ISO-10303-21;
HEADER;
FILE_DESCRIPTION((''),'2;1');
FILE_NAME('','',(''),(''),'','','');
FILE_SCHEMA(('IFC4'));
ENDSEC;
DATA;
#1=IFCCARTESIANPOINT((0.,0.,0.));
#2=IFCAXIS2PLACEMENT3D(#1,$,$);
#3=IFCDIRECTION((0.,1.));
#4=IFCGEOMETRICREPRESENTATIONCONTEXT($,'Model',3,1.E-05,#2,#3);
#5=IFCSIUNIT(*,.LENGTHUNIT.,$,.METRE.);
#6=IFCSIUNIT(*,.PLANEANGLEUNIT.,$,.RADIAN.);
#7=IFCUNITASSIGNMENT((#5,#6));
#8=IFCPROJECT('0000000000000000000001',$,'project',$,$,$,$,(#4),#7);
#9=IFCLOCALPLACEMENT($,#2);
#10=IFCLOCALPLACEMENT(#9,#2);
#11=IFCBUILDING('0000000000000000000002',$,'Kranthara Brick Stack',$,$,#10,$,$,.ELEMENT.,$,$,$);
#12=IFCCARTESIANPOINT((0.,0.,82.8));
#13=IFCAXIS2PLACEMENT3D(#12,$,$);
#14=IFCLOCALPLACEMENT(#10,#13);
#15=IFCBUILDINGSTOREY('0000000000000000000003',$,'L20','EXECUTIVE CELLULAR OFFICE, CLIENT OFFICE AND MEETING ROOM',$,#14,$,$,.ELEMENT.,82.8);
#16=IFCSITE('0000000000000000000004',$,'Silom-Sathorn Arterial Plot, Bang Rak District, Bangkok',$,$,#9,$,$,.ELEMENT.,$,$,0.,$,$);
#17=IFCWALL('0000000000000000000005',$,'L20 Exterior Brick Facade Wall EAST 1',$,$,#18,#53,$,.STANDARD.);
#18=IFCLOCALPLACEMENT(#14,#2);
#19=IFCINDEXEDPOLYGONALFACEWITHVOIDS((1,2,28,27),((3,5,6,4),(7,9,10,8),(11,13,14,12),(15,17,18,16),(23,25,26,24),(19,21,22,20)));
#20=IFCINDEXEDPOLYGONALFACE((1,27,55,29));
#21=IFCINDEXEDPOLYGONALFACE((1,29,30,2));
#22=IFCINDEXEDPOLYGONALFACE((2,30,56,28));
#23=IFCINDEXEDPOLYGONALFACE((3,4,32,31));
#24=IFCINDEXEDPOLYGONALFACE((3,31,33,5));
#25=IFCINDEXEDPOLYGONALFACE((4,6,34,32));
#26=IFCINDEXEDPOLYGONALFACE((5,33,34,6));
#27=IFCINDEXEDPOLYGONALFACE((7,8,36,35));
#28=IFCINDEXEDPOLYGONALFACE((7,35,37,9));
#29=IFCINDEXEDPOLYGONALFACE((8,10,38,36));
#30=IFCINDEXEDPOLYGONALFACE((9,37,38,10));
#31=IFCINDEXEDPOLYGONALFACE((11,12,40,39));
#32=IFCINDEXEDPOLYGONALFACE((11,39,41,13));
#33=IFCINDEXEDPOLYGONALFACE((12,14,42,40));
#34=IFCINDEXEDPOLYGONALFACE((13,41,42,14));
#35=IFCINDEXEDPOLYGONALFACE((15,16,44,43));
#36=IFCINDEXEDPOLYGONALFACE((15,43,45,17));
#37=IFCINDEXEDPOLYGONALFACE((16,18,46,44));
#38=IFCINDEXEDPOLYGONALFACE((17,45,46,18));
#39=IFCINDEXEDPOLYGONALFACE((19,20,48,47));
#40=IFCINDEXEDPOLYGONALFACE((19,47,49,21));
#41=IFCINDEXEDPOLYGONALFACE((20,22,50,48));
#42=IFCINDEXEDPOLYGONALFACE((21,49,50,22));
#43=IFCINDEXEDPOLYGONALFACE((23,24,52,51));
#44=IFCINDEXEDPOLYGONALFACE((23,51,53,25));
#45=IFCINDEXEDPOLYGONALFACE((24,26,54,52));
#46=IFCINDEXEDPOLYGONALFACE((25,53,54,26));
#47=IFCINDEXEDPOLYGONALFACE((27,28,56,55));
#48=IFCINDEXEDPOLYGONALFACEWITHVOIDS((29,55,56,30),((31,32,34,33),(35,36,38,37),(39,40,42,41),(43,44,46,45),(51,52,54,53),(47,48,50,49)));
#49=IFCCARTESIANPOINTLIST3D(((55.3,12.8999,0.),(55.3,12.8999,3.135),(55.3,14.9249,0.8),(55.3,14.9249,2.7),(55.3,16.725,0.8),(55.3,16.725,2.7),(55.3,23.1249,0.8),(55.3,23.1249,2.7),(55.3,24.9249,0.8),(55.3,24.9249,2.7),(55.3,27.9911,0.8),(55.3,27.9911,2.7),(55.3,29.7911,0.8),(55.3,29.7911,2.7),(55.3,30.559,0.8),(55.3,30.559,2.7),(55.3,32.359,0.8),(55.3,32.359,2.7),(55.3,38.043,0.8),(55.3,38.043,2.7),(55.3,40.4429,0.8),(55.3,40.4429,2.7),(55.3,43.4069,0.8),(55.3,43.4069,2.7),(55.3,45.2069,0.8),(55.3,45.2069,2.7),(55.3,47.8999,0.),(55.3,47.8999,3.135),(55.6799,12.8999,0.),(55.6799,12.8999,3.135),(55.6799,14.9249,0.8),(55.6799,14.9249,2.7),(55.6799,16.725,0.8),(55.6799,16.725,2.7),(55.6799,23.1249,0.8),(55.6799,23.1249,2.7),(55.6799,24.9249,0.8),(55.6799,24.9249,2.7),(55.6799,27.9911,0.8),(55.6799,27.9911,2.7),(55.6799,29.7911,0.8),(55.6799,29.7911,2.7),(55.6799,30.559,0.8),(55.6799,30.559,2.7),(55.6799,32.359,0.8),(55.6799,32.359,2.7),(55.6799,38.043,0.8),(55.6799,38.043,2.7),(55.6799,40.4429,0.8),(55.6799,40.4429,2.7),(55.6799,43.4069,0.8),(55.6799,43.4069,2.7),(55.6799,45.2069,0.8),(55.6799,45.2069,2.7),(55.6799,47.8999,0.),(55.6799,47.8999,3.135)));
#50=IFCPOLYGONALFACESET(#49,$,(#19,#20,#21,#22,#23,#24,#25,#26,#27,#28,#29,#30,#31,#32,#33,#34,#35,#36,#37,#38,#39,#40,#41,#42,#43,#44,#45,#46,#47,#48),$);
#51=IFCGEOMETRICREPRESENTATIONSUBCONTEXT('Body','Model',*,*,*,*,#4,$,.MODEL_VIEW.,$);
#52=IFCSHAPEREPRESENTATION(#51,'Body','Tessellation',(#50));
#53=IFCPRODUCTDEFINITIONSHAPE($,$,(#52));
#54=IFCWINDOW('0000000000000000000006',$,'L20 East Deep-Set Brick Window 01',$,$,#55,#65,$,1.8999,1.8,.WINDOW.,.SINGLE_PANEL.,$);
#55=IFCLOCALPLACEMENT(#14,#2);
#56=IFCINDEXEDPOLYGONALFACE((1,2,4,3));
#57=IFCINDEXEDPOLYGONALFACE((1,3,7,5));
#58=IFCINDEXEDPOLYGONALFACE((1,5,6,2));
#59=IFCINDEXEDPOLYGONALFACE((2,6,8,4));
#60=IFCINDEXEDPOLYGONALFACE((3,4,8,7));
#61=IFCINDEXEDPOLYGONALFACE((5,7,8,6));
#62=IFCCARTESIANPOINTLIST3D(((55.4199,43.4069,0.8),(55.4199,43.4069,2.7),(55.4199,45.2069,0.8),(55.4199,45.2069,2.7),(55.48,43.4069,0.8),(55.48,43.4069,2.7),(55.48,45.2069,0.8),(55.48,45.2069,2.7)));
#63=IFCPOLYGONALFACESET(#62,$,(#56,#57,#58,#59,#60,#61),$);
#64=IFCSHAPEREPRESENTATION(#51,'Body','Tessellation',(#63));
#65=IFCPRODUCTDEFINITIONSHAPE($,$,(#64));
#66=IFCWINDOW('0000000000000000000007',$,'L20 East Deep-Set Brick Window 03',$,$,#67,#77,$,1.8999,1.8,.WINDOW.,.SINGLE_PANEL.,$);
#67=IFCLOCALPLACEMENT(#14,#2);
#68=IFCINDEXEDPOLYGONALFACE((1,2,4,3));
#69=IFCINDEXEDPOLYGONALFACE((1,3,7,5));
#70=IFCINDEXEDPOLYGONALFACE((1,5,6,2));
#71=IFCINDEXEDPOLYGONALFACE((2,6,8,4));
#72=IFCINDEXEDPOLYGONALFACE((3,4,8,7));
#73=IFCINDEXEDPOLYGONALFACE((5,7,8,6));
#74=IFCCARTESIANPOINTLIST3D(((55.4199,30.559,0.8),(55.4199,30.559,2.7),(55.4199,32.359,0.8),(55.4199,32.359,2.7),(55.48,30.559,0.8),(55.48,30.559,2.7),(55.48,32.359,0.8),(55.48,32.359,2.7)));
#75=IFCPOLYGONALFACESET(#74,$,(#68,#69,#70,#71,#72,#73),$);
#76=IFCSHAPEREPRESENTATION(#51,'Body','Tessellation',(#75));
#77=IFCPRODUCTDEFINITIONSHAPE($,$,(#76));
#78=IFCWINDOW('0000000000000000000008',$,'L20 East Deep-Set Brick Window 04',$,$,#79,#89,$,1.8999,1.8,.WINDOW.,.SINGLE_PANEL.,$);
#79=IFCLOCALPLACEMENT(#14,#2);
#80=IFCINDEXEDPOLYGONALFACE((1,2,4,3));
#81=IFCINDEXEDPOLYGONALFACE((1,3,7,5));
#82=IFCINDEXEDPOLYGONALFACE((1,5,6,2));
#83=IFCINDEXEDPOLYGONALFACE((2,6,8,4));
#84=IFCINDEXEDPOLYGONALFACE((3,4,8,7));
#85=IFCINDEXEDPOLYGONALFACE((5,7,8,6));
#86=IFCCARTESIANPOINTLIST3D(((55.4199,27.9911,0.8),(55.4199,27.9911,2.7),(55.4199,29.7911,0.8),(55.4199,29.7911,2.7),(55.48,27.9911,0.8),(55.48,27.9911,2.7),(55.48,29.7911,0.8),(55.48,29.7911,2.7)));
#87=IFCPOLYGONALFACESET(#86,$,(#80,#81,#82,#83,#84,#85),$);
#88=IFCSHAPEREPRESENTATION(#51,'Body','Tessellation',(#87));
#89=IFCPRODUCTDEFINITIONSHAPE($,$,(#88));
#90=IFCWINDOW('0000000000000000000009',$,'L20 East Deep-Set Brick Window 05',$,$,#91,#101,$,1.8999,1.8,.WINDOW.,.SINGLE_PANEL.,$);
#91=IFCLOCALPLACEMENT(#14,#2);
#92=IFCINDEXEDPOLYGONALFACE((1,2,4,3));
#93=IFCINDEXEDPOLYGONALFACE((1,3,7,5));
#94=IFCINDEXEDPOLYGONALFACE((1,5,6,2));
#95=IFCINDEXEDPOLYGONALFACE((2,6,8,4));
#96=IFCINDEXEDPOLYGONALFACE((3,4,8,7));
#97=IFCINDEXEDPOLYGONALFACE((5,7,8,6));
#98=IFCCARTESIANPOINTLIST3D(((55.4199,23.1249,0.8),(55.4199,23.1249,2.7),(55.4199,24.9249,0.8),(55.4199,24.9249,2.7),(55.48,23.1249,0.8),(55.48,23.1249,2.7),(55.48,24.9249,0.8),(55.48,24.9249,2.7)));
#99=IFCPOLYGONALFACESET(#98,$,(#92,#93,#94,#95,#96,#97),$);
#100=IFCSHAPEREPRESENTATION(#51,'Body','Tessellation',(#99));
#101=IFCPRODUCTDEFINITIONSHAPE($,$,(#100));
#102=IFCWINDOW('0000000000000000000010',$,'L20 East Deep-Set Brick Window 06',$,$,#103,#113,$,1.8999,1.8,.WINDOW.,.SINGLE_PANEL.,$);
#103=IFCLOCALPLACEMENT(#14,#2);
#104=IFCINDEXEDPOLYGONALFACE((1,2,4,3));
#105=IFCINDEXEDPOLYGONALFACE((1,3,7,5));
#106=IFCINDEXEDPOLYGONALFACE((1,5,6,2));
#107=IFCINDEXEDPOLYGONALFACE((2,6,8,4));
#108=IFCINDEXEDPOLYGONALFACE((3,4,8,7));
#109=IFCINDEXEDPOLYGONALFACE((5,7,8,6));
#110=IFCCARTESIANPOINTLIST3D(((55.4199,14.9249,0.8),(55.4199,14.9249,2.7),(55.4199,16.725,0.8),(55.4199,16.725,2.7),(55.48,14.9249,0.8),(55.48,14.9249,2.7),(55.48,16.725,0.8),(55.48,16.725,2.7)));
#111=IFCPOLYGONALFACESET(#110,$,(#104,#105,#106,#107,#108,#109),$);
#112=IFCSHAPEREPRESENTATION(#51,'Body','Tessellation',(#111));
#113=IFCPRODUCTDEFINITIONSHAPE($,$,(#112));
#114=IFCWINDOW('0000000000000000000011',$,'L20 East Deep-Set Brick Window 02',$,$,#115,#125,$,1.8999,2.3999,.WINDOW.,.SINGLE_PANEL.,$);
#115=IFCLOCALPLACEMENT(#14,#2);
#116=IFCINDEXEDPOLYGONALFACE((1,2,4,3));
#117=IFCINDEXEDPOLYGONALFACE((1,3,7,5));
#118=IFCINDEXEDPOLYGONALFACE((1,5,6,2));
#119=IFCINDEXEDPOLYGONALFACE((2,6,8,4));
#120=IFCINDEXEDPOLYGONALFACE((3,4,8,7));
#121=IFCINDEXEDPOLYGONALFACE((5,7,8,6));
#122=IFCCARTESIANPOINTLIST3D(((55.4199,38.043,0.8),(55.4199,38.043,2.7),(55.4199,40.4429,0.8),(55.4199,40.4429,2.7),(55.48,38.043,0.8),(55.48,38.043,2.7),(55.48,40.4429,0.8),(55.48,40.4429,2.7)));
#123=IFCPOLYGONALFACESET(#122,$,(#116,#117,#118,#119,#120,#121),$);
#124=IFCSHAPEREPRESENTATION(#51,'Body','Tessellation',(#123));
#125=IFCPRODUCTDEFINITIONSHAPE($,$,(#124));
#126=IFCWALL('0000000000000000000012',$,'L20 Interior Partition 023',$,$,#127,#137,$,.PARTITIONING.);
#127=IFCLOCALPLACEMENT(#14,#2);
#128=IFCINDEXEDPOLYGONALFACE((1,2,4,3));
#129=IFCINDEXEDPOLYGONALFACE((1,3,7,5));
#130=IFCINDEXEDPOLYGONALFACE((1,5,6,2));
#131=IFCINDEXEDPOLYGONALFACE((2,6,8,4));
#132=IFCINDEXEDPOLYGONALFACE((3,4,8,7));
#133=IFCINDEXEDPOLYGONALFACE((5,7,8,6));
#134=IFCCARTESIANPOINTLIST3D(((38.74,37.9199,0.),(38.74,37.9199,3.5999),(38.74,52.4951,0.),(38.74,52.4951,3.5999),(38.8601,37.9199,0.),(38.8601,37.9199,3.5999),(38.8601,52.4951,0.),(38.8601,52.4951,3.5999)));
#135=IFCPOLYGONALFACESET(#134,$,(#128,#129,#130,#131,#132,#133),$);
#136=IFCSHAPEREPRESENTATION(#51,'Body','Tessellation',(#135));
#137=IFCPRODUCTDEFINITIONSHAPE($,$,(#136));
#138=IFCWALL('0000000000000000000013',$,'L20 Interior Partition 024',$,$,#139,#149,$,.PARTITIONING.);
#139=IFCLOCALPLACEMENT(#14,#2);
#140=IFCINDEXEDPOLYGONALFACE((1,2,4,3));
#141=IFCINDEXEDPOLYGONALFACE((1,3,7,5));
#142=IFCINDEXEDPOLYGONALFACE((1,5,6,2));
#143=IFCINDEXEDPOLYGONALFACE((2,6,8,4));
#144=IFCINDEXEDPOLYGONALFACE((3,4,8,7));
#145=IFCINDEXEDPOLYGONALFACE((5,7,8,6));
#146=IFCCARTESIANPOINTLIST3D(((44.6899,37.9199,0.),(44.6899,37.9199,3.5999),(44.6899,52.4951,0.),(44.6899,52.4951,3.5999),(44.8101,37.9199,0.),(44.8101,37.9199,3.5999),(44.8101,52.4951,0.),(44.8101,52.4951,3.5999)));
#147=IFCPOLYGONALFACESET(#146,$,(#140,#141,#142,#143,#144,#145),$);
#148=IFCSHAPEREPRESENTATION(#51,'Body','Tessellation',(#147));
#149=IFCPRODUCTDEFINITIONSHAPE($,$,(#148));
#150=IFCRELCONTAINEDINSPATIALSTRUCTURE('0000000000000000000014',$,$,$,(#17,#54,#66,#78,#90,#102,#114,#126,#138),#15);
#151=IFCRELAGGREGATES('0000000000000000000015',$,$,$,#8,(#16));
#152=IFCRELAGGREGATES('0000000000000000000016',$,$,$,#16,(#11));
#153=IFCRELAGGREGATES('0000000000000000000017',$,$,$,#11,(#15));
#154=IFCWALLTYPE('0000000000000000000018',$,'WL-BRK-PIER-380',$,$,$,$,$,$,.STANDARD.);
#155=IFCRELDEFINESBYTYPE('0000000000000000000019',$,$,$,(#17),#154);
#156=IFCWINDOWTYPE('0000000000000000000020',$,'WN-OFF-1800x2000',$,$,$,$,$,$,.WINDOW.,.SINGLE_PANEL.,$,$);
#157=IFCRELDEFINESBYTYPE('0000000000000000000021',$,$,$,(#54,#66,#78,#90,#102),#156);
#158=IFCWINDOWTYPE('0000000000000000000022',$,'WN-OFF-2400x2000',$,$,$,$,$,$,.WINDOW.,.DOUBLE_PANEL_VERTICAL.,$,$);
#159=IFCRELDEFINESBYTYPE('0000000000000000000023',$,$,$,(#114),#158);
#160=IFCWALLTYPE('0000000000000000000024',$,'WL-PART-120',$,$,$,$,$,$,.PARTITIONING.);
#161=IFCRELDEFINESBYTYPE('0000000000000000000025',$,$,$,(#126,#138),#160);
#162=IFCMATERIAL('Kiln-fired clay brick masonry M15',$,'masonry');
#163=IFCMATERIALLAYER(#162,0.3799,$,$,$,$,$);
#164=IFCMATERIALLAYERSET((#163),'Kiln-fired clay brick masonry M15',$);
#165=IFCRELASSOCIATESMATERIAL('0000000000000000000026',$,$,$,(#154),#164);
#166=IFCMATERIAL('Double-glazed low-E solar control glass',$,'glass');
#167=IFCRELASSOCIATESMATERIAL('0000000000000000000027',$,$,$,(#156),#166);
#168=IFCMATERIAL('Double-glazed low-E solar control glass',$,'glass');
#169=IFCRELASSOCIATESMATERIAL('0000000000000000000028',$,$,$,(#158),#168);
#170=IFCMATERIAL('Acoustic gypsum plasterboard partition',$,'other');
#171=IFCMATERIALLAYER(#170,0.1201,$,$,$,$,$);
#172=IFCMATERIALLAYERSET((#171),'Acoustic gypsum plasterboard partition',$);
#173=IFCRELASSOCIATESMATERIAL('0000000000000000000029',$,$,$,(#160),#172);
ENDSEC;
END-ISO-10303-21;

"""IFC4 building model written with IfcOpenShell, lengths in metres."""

from ifc_helpers import new_model, si_unit, direction, frame, frame_2d, origin, place, context, subcontext, project, spatial, rectangle, extrude, material, layer, layer_set, type_object, element, fill, save


model = new_model("IFC4")

# Units and contexts
model_context = context("Model", 3, precision=1e-05, world=origin(), true_north=direction((0.0, 1.0)))
body_context = subcontext(model_context, "Body", "Model", "MODEL_VIEW")
ifc_project = project(units=[si_unit("LENGTHUNIT", "METRE"), si_unit("PLANEANGLEUNIT", "RADIAN")], contexts=[model_context])

# Site, building, storey
site_placement = place(None, origin())
site = spatial("IfcSite", under=ifc_project, at=site_placement, Name="Silom-Sathorn Arterial Plot, Bang Rak District, Bangkok", CompositionType="ELEMENT", RefElevation=0.0)
building_placement = place(site_placement, origin())
building = spatial("IfcBuilding", under=site, at=building_placement, Name="Kranthara Brick Stack", CompositionType="ELEMENT")
storey_placement = place(building_placement, frame((0.0, 0.0, 82.8)))
storey = spatial("IfcBuildingStorey", under=building, at=storey_placement, Name="L20", Description="EXECUTIVE CELLULAR OFFICE, CLIENT OFFICE AND MEETING ROOM", CompositionType="ELEMENT", Elevation=82.8)

# Shared definitions
ifc_material_1 = material(Name="Kiln-fired clay brick masonry M15", Category="masonry")
ifc_layer_1 = layer(ifc_material_1, 0.3799)
ifc_layer_set_1 = layer_set([ifc_layer_1], Name="Kiln-fired clay brick masonry M15")
wall_type_1 = type_object("IfcWallType", Name="WL-BRK-PIER-380", PredefinedType="STANDARD", material=ifc_layer_set_1)

# Wall, openings, windows
wall_1_placement = place(storey_placement, frame((55.49, 47.8999, 0.0), z_axis=(0.0, 0.0, 1.0), x_axis=(0.0, -1.0, 0.0)))
wall_1 = element("IfcWall", 1, at=wall_1_placement, inside=storey, type_object=wall_type_1, Name="L20 Exterior Brick Facade Wall EAST 1", PredefinedType="STANDARD", context=body_context, shape_type="SweptSolid", body=[
    extrude(rectangle(XDim=35.0, YDim=0.3799, at=frame_2d((17.5, 0.0))), origin(), (0.0, 0.0, 1.0), 3.135),
])
opening_1_placement = place(wall_1_placement, frame((2.6931, 0.0, 0.8)))
opening_1 = element("IfcOpeningElement", 2, at=opening_1_placement, cuts=wall_1, PredefinedType="OPENING", context=body_context, shape_type="SweptSolid", body=[
    extrude(rectangle(XDim=1.8, YDim=1.8999, at=frame_2d((0.8999, 0.95))), frame((0.0, 0.2, 0.0), z_axis=(0.0, -1.0, 0.0), x_axis=(1.0, 0.0, 0.0)), (0.0, 0.0, 1.0), 0.3999),
])
opening_2_placement = place(wall_1_placement, frame((7.457, 0.0, 0.8)))
opening_2 = element("IfcOpeningElement", 3, at=opening_2_placement, cuts=wall_1, PredefinedType="OPENING", context=body_context, shape_type="SweptSolid", body=[
    extrude(rectangle(XDim=2.3999, YDim=1.8999, at=frame_2d((1.2, 0.95))), frame((0.0, 0.2, 0.0), z_axis=(0.0, -1.0, 0.0), x_axis=(1.0, 0.0, 0.0)), (0.0, 0.0, 1.0), 0.3999),
])
opening_3_placement = place(wall_1_placement, frame((15.541, 0.0, 0.8)))
opening_3 = element("IfcOpeningElement", 4, at=opening_3_placement, cuts=wall_1, PredefinedType="OPENING", context=body_context, shape_type="SweptSolid", body=[
    extrude(rectangle(XDim=1.8, YDim=1.8999, at=frame_2d((0.8999, 0.95))), frame((0.0, 0.2, 0.0), z_axis=(0.0, -1.0, 0.0), x_axis=(1.0, 0.0, 0.0)), (0.0, 0.0, 1.0), 0.3999),
])
opening_4_placement = place(wall_1_placement, frame((18.1089, 0.0, 0.8)))
opening_4 = element("IfcOpeningElement", 5, at=opening_4_placement, cuts=wall_1, PredefinedType="OPENING", context=body_context, shape_type="SweptSolid", body=[
    extrude(rectangle(XDim=1.8, YDim=1.8999, at=frame_2d((0.8999, 0.95))), frame((0.0, 0.2, 0.0), z_axis=(0.0, -1.0, 0.0), x_axis=(1.0, 0.0, 0.0)), (0.0, 0.0, 1.0), 0.3999),
])
opening_5_placement = place(wall_1_placement, frame((22.9751, 0.0, 0.8)))
opening_5 = element("IfcOpeningElement", 6, at=opening_5_placement, cuts=wall_1, PredefinedType="OPENING", context=body_context, shape_type="SweptSolid", body=[
    extrude(rectangle(XDim=1.8, YDim=1.8999, at=frame_2d((0.8999, 0.95))), frame((0.0, 0.2, 0.0), z_axis=(0.0, -1.0, 0.0), x_axis=(1.0, 0.0, 0.0)), (0.0, 0.0, 1.0), 0.3999),
])
opening_6_placement = place(wall_1_placement, frame((31.175, 0.0, 0.8)))
opening_6 = element("IfcOpeningElement", 7, at=opening_6_placement, cuts=wall_1, PredefinedType="OPENING", context=body_context, shape_type="SweptSolid", body=[
    extrude(rectangle(XDim=1.8, YDim=1.8999, at=frame_2d((0.8999, 0.95))), frame((0.0, 0.2, 0.0), z_axis=(0.0, -1.0, 0.0), x_axis=(1.0, 0.0, 0.0)), (0.0, 0.0, 1.0), 0.3999),
])
ifc_material_2 = material(Name="Double-glazed low-E solar control glass", Category="glass")
window_type_1 = type_object("IfcWindowType", Name="WN-OFF-1800x2000", PartitioningType="SINGLE_PANEL", PredefinedType="WINDOW", material=ifc_material_2)
window_1_placement = place(opening_1_placement, origin())
window_1 = element("IfcWindow", 8, at=window_1_placement, inside=storey, type_object=window_type_1, Name="L20 East Deep-Set Brick Window 01", OverallHeight=1.8999, OverallWidth=1.8, PartitioningType="SINGLE_PANEL", PredefinedType="WINDOW", context=body_context, shape_type="SweptSolid", body=[
    extrude(rectangle(XDim=1.8, YDim=1.8999, at=frame_2d((0.8999, 0.95))), frame((0.0, -0.01, 0.0), z_axis=(0.0, -1.0, 0.0), x_axis=(1.0, 0.0, 0.0)), (0.0, 0.0, 1.0), 0.0601),
])
fill(opening_1, window_1)
window_2_placement = place(opening_3_placement, origin())
window_2 = element("IfcWindow", 9, at=window_2_placement, inside=storey, type_object=window_type_1, Name="L20 East Deep-Set Brick Window 03", OverallHeight=1.8999, OverallWidth=1.8, PartitioningType="SINGLE_PANEL", PredefinedType="WINDOW", context=body_context, shape_type="SweptSolid", body=[
    extrude(rectangle(XDim=1.8, YDim=1.8999, at=frame_2d((0.8999, 0.95))), frame((0.0, -0.01, 0.0), z_axis=(0.0, -1.0, 0.0), x_axis=(1.0, 0.0, 0.0)), (0.0, 0.0, 1.0), 0.0601),
])
fill(opening_3, window_2)
window_3_placement = place(opening_4_placement, origin())
window_3 = element("IfcWindow", 10, at=window_3_placement, inside=storey, type_object=window_type_1, Name="L20 East Deep-Set Brick Window 04", OverallHeight=1.8999, OverallWidth=1.8, PartitioningType="SINGLE_PANEL", PredefinedType="WINDOW", context=body_context, shape_type="SweptSolid", body=[
    extrude(rectangle(XDim=1.8, YDim=1.8999, at=frame_2d((0.8999, 0.95))), frame((0.0, -0.01, 0.0), z_axis=(0.0, -1.0, 0.0), x_axis=(1.0, 0.0, 0.0)), (0.0, 0.0, 1.0), 0.0601),
])
fill(opening_4, window_3)
window_4_placement = place(opening_5_placement, origin())
window_4 = element("IfcWindow", 11, at=window_4_placement, inside=storey, type_object=window_type_1, Name="L20 East Deep-Set Brick Window 05", OverallHeight=1.8999, OverallWidth=1.8, PartitioningType="SINGLE_PANEL", PredefinedType="WINDOW", context=body_context, shape_type="SweptSolid", body=[
    extrude(rectangle(XDim=1.8, YDim=1.8999, at=frame_2d((0.8999, 0.95))), frame((0.0, -0.01, 0.0), z_axis=(0.0, -1.0, 0.0), x_axis=(1.0, 0.0, 0.0)), (0.0, 0.0, 1.0), 0.0601),
])
fill(opening_5, window_4)
window_5_placement = place(opening_6_placement, origin())
window_5 = element("IfcWindow", 12, at=window_5_placement, inside=storey, type_object=window_type_1, Name="L20 East Deep-Set Brick Window 06", OverallHeight=1.8999, OverallWidth=1.8, PartitioningType="SINGLE_PANEL", PredefinedType="WINDOW", context=body_context, shape_type="SweptSolid", body=[
    extrude(rectangle(XDim=1.8, YDim=1.8999, at=frame_2d((0.8999, 0.95))), frame((0.0, -0.01, 0.0), z_axis=(0.0, -1.0, 0.0), x_axis=(1.0, 0.0, 0.0)), (0.0, 0.0, 1.0), 0.0601),
])
fill(opening_6, window_5)
ifc_material_3 = material(Name="Double-glazed low-E solar control glass", Category="glass")
window_type_2 = type_object("IfcWindowType", Name="WN-OFF-2400x2000", PartitioningType="DOUBLE_PANEL_VERTICAL", PredefinedType="WINDOW", material=ifc_material_3)
window_6_placement = place(opening_2_placement, origin())
window_6 = element("IfcWindow", 13, at=window_6_placement, inside=storey, type_object=window_type_2, Name="L20 East Deep-Set Brick Window 02", OverallHeight=1.8999, OverallWidth=2.3999, PartitioningType="SINGLE_PANEL", PredefinedType="WINDOW", context=body_context, shape_type="SweptSolid", body=[
    extrude(rectangle(XDim=2.3999, YDim=1.8999, at=frame_2d((1.2, 0.95))), frame((0.0, -0.01, 0.0), z_axis=(0.0, -1.0, 0.0), x_axis=(1.0, 0.0, 0.0)), (0.0, 0.0, 1.0), 0.0601),
])
fill(opening_2, window_6)

# Walls
ifc_material_4 = material(Name="Acoustic gypsum plasterboard partition", Category="other")
ifc_layer_2 = layer(ifc_material_4, 0.1201)
ifc_layer_set_2 = layer_set([ifc_layer_2], Name="Acoustic gypsum plasterboard partition")
wall_type_2 = type_object("IfcWallType", Name="WL-PART-120", PredefinedType="PARTITIONING", material=ifc_layer_set_2)
for number, where, z_axis, x_axis, name in (
    (14, (38.8, 37.9199, 0.0), (0.0, 0.0, 1.0), (0.0, 1.0, 0.0), "L20 Interior Partition 023"),
    (15, (44.75, 37.9199, 0.0), (0.0, 0.0, 1.0), (0.0, 1.0, 0.0), "L20 Interior Partition 024"),
):
    element("IfcWall", number, at=place(storey_placement, frame(where, z_axis=z_axis, x_axis=x_axis)), inside=storey, type_object=wall_type_2, Name=name, PredefinedType="PARTITIONING", context=body_context, shape_type="SweptSolid", body=[
        extrude(rectangle(XDim=14.5752, YDim=0.1201, at=frame_2d((7.2876, 0.0))), origin(), (0.0, 0.0, 1.0), 3.5999),
    ])

save(model, "model.ifc")
